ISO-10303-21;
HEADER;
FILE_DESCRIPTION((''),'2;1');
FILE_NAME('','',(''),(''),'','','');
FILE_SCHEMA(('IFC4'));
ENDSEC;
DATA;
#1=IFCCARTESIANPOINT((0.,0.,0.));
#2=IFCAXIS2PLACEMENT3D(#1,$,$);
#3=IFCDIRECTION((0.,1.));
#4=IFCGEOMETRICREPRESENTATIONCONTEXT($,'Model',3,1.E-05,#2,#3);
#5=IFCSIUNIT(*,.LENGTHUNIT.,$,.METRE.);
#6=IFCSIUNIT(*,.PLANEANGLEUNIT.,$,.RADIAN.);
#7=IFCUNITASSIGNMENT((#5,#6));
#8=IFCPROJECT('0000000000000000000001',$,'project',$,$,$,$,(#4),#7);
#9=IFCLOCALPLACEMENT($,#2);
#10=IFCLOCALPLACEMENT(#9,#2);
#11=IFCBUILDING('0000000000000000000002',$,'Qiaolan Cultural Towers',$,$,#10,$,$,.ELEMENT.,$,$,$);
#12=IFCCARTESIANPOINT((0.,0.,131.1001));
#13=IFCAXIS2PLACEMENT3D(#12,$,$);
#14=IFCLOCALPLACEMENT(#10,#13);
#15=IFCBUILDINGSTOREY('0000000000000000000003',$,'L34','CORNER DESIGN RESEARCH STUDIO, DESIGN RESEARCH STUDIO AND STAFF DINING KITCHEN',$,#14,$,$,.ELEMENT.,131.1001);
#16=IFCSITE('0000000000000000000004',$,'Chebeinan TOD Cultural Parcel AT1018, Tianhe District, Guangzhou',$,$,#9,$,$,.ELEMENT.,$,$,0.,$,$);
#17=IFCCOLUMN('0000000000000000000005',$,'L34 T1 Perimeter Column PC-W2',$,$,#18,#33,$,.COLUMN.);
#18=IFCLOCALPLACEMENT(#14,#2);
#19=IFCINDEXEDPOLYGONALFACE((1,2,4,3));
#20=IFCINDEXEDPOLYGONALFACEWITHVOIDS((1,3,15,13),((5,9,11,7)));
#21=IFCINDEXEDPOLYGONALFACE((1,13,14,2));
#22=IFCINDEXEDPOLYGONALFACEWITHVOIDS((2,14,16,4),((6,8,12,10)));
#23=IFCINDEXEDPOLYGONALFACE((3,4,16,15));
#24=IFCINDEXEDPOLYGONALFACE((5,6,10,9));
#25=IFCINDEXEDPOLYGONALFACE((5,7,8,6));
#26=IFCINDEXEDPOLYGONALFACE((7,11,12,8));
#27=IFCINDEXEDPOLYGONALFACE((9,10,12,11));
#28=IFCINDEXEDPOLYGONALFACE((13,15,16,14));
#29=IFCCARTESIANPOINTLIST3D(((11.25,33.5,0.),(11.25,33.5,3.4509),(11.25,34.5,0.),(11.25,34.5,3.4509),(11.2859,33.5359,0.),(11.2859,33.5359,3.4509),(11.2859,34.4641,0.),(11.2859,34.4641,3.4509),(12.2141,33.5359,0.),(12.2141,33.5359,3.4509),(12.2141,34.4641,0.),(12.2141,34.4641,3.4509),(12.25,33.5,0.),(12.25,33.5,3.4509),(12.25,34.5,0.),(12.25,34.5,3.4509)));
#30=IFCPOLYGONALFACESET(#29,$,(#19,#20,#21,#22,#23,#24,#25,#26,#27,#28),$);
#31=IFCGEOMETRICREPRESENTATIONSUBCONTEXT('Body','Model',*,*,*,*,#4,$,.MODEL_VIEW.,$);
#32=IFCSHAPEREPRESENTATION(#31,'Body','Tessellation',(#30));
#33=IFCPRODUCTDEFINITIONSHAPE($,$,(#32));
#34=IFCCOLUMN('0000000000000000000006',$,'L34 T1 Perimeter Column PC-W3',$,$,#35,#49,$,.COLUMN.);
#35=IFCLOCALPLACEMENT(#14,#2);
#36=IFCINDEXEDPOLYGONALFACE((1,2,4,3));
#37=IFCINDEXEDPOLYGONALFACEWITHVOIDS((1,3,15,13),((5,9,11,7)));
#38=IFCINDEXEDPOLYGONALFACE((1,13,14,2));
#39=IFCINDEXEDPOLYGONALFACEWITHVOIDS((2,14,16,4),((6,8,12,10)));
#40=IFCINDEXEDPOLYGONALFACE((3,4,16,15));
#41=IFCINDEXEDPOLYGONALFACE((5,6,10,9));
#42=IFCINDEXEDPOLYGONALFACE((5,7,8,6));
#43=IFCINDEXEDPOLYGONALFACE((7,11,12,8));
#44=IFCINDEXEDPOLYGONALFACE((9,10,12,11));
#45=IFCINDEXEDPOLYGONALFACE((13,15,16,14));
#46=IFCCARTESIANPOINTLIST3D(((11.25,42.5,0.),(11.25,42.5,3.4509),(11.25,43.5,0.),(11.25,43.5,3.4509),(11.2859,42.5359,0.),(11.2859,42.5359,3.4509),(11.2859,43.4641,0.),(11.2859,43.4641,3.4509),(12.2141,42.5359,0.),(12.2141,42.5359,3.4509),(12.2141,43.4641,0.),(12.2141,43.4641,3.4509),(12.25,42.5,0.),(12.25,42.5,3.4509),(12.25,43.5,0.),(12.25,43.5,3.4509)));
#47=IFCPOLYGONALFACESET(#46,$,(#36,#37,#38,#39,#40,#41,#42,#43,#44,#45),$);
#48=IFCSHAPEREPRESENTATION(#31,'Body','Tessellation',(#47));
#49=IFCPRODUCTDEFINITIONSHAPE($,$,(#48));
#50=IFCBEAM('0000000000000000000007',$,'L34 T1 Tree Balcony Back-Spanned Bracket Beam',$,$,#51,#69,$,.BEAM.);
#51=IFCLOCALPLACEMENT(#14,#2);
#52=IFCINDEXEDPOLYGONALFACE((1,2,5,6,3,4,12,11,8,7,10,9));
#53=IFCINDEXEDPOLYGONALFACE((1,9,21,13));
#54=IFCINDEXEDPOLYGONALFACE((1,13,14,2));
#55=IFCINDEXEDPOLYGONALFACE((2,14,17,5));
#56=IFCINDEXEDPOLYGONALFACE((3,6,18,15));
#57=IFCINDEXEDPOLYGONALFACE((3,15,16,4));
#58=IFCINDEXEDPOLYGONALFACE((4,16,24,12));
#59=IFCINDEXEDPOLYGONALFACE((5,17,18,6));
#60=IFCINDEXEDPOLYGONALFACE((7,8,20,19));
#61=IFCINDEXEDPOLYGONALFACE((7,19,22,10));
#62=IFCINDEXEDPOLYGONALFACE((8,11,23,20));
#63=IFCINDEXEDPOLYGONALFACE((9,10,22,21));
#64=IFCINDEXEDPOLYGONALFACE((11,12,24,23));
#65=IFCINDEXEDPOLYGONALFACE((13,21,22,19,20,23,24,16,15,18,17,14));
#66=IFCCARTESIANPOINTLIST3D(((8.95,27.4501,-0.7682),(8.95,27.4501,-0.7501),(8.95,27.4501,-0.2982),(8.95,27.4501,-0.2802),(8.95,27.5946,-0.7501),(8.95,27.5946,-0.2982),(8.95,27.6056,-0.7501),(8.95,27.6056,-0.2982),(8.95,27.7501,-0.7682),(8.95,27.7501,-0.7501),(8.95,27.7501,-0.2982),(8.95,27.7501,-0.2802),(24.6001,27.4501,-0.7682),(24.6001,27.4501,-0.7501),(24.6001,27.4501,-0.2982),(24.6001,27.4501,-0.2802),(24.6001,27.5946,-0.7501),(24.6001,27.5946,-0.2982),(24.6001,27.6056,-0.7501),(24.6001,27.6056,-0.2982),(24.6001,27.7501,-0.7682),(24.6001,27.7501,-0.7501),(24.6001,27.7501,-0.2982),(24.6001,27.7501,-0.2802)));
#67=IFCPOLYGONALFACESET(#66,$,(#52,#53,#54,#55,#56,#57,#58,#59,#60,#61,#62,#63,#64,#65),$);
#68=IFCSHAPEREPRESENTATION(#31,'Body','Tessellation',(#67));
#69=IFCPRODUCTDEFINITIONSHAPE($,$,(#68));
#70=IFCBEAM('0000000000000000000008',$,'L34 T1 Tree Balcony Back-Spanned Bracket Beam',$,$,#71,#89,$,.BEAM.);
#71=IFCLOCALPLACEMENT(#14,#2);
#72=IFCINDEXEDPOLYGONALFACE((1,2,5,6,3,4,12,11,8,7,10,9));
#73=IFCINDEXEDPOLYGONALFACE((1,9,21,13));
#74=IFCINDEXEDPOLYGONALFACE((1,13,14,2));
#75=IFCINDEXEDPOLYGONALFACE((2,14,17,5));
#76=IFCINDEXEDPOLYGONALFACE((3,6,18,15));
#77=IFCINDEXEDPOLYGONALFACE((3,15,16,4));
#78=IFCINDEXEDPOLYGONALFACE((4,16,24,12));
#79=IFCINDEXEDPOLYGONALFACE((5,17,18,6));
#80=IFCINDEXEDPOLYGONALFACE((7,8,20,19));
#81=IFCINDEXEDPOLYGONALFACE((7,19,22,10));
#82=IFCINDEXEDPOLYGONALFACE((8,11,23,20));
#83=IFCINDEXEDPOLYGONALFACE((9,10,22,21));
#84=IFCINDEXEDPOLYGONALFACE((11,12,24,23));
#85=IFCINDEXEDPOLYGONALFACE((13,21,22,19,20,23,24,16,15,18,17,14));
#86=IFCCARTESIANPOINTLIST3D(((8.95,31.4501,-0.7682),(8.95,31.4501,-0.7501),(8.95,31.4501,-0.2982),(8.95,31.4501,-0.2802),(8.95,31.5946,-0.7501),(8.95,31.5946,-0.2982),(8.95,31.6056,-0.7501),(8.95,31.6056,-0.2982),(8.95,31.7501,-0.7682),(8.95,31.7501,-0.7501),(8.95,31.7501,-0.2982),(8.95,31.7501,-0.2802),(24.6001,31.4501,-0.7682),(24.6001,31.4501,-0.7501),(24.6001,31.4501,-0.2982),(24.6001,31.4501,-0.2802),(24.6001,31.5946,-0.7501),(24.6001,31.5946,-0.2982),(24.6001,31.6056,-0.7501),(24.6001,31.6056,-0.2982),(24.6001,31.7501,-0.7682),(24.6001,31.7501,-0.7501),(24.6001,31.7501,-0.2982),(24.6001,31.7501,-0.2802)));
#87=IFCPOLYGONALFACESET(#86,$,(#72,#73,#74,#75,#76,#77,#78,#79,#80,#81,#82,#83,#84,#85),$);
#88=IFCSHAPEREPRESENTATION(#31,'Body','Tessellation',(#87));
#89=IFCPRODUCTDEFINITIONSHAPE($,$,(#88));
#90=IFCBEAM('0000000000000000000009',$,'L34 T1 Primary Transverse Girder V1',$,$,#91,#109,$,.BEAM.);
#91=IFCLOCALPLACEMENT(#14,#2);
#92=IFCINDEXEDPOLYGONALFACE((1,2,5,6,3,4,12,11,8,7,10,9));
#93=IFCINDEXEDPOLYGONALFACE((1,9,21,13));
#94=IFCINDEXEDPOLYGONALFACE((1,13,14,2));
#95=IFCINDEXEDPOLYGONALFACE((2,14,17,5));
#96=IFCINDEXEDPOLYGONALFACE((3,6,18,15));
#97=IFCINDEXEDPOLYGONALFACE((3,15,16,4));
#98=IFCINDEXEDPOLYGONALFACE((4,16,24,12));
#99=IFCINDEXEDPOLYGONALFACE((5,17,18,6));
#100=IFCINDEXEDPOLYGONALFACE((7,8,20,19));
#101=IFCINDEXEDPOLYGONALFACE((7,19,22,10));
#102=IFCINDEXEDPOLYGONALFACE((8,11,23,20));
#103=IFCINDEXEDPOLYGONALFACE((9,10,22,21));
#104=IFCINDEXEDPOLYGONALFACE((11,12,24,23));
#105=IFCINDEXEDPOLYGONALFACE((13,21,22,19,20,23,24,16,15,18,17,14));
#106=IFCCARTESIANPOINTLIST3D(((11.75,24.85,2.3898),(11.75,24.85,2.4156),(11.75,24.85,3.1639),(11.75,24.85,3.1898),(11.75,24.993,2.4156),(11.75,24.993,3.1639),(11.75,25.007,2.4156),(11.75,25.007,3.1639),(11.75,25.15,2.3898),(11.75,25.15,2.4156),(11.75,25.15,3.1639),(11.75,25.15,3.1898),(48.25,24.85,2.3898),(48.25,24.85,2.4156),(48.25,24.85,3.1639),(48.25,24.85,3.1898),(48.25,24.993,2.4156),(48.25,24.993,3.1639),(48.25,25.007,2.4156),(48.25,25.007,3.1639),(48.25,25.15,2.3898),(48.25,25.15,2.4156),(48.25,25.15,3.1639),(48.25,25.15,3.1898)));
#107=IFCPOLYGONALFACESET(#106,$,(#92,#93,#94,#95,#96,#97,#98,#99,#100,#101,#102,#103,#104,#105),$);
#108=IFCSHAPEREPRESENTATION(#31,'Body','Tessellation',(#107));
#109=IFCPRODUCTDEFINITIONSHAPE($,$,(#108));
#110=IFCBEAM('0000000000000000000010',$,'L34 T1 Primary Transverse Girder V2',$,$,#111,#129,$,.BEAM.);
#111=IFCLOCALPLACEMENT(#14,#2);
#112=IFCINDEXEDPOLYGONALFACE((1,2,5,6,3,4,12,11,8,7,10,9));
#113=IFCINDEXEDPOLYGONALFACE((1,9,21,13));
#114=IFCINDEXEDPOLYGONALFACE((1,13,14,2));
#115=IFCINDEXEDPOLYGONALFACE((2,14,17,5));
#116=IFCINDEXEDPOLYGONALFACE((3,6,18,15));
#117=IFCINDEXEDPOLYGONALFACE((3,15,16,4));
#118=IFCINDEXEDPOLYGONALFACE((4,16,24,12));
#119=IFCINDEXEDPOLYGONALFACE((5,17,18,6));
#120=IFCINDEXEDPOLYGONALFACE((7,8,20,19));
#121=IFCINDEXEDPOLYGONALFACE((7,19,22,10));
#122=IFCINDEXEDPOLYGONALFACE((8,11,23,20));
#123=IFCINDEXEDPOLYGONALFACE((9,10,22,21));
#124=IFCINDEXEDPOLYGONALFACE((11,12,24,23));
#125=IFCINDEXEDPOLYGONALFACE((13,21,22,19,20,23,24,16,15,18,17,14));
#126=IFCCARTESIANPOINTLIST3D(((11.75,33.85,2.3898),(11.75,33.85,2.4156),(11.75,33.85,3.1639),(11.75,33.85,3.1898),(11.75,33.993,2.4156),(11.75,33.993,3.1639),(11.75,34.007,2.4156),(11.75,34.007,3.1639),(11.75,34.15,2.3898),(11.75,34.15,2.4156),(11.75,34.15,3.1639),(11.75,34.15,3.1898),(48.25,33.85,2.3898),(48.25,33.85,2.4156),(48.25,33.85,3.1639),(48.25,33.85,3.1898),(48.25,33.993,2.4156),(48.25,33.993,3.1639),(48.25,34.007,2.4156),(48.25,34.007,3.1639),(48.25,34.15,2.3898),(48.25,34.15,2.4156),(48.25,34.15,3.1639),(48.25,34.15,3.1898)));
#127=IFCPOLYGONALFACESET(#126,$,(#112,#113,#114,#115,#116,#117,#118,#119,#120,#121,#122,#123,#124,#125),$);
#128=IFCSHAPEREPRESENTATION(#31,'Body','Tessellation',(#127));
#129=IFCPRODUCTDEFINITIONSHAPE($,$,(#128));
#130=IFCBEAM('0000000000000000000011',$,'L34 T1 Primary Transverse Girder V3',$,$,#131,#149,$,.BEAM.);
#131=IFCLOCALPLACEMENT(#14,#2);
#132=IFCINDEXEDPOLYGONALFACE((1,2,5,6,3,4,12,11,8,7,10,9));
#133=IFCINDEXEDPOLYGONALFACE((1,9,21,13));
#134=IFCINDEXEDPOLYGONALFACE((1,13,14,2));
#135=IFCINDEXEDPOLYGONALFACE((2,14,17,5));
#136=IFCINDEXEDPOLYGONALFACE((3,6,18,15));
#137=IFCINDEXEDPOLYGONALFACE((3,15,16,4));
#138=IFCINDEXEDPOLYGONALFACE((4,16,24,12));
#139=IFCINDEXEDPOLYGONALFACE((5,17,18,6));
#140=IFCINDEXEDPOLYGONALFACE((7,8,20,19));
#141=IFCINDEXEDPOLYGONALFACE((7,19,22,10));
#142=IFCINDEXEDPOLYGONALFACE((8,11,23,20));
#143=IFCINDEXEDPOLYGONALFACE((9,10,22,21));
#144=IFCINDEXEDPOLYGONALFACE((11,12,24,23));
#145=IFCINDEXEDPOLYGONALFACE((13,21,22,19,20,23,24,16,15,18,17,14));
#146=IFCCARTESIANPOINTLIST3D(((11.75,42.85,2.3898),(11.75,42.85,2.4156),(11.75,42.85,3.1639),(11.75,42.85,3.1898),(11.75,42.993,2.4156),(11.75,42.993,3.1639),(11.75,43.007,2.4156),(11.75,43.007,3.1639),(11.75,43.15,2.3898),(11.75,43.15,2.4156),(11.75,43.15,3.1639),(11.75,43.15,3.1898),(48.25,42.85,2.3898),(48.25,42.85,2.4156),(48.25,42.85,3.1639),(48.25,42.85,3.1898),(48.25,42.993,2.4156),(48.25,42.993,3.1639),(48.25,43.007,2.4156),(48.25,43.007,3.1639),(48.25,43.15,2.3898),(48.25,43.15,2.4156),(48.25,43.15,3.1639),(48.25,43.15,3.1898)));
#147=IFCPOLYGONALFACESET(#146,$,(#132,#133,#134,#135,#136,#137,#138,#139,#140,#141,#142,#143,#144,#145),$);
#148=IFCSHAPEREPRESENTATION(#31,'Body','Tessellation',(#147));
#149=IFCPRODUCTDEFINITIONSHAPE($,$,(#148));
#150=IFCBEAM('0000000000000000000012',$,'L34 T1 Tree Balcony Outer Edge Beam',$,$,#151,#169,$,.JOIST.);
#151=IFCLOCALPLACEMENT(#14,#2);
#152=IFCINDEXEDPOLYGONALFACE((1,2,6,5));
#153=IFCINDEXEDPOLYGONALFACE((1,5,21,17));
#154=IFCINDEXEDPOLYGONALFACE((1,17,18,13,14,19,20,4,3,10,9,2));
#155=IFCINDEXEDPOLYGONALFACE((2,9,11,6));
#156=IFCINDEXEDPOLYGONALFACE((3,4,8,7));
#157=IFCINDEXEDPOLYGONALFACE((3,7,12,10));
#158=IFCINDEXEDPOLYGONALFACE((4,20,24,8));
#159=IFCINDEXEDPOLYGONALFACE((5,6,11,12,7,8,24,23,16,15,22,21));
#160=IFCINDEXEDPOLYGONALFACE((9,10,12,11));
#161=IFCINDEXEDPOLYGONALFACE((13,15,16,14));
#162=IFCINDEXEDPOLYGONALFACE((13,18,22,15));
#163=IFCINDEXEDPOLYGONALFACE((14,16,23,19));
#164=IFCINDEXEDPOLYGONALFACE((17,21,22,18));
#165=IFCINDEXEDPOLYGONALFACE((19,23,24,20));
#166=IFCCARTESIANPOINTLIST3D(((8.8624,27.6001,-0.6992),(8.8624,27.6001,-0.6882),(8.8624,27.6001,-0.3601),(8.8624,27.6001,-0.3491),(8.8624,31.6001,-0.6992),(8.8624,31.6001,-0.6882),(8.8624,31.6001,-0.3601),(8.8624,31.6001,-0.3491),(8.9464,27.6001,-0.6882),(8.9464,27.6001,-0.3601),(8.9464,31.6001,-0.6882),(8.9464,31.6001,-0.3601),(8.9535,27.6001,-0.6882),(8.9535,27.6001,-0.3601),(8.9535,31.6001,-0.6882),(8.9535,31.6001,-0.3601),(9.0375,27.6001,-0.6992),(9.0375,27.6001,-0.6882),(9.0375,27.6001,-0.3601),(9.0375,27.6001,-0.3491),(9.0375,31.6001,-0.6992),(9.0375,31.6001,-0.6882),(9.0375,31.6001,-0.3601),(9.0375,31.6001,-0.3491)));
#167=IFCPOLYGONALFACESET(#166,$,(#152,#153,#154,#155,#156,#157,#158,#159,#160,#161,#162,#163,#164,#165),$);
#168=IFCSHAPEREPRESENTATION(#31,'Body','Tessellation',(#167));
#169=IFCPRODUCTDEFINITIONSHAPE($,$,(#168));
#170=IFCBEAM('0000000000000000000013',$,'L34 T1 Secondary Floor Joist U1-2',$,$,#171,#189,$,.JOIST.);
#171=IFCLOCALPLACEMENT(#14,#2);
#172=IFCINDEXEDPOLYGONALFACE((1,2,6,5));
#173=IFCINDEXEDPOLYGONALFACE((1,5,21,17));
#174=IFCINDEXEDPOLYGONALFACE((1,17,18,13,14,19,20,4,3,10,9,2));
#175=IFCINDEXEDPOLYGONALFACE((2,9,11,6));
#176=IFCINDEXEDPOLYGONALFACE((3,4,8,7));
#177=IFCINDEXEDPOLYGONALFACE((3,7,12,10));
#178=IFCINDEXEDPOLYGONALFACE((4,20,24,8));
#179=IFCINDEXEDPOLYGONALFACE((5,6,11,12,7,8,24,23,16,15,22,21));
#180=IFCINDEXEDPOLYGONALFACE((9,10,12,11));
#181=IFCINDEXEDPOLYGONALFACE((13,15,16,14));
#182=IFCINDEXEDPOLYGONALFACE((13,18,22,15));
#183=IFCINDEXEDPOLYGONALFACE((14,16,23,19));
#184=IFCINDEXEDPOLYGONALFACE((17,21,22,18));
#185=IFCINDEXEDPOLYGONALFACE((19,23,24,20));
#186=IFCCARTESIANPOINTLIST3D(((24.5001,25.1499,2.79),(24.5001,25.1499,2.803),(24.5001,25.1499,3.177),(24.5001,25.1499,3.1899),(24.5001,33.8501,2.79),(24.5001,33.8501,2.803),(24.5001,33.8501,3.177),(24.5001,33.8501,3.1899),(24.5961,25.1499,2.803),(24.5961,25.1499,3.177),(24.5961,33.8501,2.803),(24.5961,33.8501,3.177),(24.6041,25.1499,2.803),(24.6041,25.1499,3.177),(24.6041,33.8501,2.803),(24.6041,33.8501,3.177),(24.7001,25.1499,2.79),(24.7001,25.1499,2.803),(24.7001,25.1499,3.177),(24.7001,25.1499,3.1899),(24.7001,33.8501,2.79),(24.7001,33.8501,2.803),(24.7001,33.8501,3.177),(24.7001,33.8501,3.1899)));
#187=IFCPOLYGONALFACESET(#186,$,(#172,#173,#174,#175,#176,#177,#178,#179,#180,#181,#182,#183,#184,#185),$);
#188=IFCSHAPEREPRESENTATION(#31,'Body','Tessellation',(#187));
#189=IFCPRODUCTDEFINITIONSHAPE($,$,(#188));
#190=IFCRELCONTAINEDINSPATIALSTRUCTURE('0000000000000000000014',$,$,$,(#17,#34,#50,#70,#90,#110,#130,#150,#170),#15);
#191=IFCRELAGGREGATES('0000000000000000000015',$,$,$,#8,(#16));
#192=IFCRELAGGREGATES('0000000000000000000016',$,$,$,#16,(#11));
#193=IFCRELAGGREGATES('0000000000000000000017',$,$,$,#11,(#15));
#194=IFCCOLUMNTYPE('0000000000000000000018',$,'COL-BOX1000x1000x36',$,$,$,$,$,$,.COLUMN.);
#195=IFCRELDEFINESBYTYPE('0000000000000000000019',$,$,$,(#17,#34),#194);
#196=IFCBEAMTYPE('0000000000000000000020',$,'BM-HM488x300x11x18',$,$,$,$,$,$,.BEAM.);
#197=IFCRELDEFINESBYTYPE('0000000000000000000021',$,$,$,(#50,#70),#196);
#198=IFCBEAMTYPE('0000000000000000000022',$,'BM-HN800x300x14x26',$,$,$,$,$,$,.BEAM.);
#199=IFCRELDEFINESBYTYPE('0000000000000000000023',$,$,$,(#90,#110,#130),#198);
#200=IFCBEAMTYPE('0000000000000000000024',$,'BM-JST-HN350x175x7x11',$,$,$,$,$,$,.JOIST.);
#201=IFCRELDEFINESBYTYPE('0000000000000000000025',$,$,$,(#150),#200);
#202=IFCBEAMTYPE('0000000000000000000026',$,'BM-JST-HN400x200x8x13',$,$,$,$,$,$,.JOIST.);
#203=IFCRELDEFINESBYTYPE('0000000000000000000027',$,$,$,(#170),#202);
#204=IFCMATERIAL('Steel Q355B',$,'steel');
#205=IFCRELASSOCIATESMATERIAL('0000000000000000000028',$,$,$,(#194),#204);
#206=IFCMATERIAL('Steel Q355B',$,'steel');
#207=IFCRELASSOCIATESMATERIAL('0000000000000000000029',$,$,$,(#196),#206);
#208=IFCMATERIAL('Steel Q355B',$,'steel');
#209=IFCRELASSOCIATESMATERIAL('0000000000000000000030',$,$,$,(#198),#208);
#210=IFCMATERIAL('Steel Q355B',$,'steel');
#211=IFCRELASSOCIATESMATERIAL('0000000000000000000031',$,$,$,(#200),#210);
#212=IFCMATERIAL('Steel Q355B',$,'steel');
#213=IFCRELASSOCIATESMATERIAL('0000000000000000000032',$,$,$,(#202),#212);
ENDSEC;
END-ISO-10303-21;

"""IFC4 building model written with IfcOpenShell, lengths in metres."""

from ifc_helpers import new_model, si_unit, direction, frame, origin, origin_2d, place, context, subcontext, project, spatial, hollow_rectangle, i_section, extrude, material, material_profile, profile_set, type_object, element, save


model = new_model("IFC4")

# Units and contexts
model_context = context("Model", 3, precision=1e-05, world=origin(), true_north=direction((0.0, 1.0)))
body_context = subcontext(model_context, "Body", "Model", "MODEL_VIEW")
ifc_project = project(units=[si_unit("LENGTHUNIT", "METRE"), si_unit("PLANEANGLEUNIT", "RADIAN")], contexts=[model_context])

# Site, building, storey
site_placement = place(None, origin())
site = spatial("IfcSite", under=ifc_project, at=site_placement, Name="Chebeinan TOD Cultural Parcel AT1018, Tianhe District, Guangzhou", CompositionType="ELEMENT", RefElevation=0.0)
building_placement = place(site_placement, origin())
building = spatial("IfcBuilding", under=site, at=building_placement, Name="Qiaolan Cultural Towers", CompositionType="ELEMENT")
storey_placement = place(building_placement, frame((0.0, 0.0, 131.1001)))
storey = spatial("IfcBuildingStorey", under=building, at=storey_placement, Name="L34", Description="CORNER DESIGN RESEARCH STUDIO, DESIGN RESEARCH STUDIO AND STAFF DINING KITCHEN", CompositionType="ELEMENT", Elevation=131.1001)

# Columns
ifc_material_1 = material(Name="Steel Q355B", Category="steel")
ifc_material_profile_1 = material_profile(ifc_material_1, hollow_rectangle(XDim=1.0, YDim=1.0, WallThickness=0.0359, at=origin_2d()), Name="BOX1000x1000x36")
ifc_profile_set_1 = profile_set([ifc_material_profile_1], Name="Steel Q355B")
column_type = type_object("IfcColumnType", Name="COL-BOX1000x1000x36", PredefinedType="COLUMN", material=ifc_profile_set_1)
for number, where, z_axis, x_axis, name in (
    (1, (11.75, 34.0, 0.0), (0.0, 0.0, 1.0), (1.0, 0.0, 0.0), "L34 T1 Perimeter Column PC-W2"),
    (2, (11.75, 43.0, 0.0), (0.0, 0.0, 1.0), (1.0, 0.0, 0.0), "L34 T1 Perimeter Column PC-W3"),
):
    element("IfcColumn", number, at=place(storey_placement, frame(where, z_axis=z_axis, x_axis=x_axis)), inside=storey, type_object=column_type, Name=name, PredefinedType="COLUMN", context=body_context, shape_type="SweptSolid", body=[
        extrude(hollow_rectangle(XDim=1.0, YDim=1.0, WallThickness=0.0359, at=origin_2d()), origin(), (0.0, 0.0, 1.0), 3.4509),
    ])

# Beams
ifc_material_2 = material(Name="Steel Q355B", Category="steel")
ifc_material_profile_2 = material_profile(ifc_material_2, i_section(OverallWidth=0.3, OverallDepth=0.488, WebThickness=0.011, FlangeThickness=0.0181, at=origin_2d()), Name="HM488x300x11x18")
ifc_profile_set_2 = profile_set([ifc_material_profile_2], Name="Steel Q355B")
beam_type_1 = type_object("IfcBeamType", Name="BM-HM488x300x11x18", PredefinedType="BEAM", material=ifc_profile_set_2)
for number, where, z_axis, x_axis, name in (
    (3, (24.6001, 27.6001, -0.5242), (-1.0, 0.0, 0.0), (0.0, -1.0, 0.0), "L34 T1 Tree Balcony Back-Spanned Bracket Beam"),
    (4, (24.6001, 31.6001, -0.5242), (-1.0, 0.0, 0.0), (0.0, -1.0, 0.0), "L34 T1 Tree Balcony Back-Spanned Bracket Beam"),
):
    element("IfcBeam", number, at=place(storey_placement, frame(where, z_axis=z_axis, x_axis=x_axis)), inside=storey, type_object=beam_type_1, Name=name, PredefinedType="BEAM", context=body_context, shape_type="SweptSolid", body=[
        extrude(i_section(OverallWidth=0.3, OverallDepth=0.488, WebThickness=0.011, FlangeThickness=0.0181, at=origin_2d()), origin(), (0.0, 0.0, 1.0), 15.6501),
    ])
ifc_material_3 = material(Name="Steel Q355B", Category="steel")
ifc_material_profile_3 = material_profile(ifc_material_3, i_section(OverallWidth=0.3, OverallDepth=0.8, WebThickness=0.0139, FlangeThickness=0.0259, at=origin_2d()), Name="HN800x300x14x26")
ifc_profile_set_3 = profile_set([ifc_material_profile_3], Name="Steel Q355B")
beam_type_2 = type_object("IfcBeamType", Name="BM-HN800x300x14x26", PredefinedType="BEAM", material=ifc_profile_set_3)
for number, where, z_axis, x_axis, name in (
    (5, (11.75, 25.0, 2.7898), (1.0, 0.0, 0.0), (0.0, 1.0, 0.0), "L34 T1 Primary Transverse Girder V1"),
    (6, (11.75, 34.0, 2.7898), (1.0, 0.0, 0.0), (0.0, 1.0, 0.0), "L34 T1 Primary Transverse Girder V2"),
    (7, (11.75, 43.0, 2.7898), (1.0, 0.0, 0.0), (0.0, 1.0, 0.0), "L34 T1 Primary Transverse Girder V3"),
):
    element("IfcBeam", number, at=place(storey_placement, frame(where, z_axis=z_axis, x_axis=x_axis)), inside=storey, type_object=beam_type_2, Name=name, PredefinedType="BEAM", context=body_context, shape_type="SweptSolid", body=[
        extrude(i_section(OverallWidth=0.3, OverallDepth=0.8, WebThickness=0.0139, FlangeThickness=0.0259, at=origin_2d()), origin(), (0.0, 0.0, 1.0), 36.5),
    ])
ifc_material_4 = material(Name="Steel Q355B", Category="steel")
ifc_material_profile_4 = material_profile(ifc_material_4, i_section(OverallWidth=0.175, OverallDepth=0.3501, WebThickness=0.0071, FlangeThickness=0.011, at=origin_2d()), Name="HN350x175x7x11")
ifc_profile_set_4 = profile_set([ifc_material_profile_4], Name="Steel Q355B")
beam_type_3 = type_object("IfcBeamType", Name="BM-JST-HN350x175x7x11", PredefinedType="JOIST", material=ifc_profile_set_4)
beam_1_placement = place(storey_placement, frame((8.95, 27.6001, -0.5242), z_axis=(0.0, 1.0, 0.0), x_axis=(-1.0, 0.0, 0.0)))
element("IfcBeam", 8, at=beam_1_placement, inside=storey, type_object=beam_type_3, Name="L34 T1 Tree Balcony Outer Edge Beam", PredefinedType="JOIST", context=body_context, shape_type="SweptSolid", body=[
    extrude(i_section(OverallWidth=0.175, OverallDepth=0.3501, WebThickness=0.0071, FlangeThickness=0.011, at=origin_2d()), origin(), (0.0, 0.0, 1.0), 4.0),
])
ifc_material_5 = material(Name="Steel Q355B", Category="steel")
ifc_material_profile_5 = material_profile(ifc_material_5, i_section(OverallWidth=0.2, OverallDepth=0.3999, WebThickness=0.0081, FlangeThickness=0.0129, at=origin_2d()), Name="HN400x200x8x13")
ifc_profile_set_5 = profile_set([ifc_material_profile_5], Name="Steel Q355B")
beam_type_4 = type_object("IfcBeamType", Name="BM-JST-HN400x200x8x13", PredefinedType="JOIST", material=ifc_profile_set_5)
for number, where, z_axis, x_axis, name in (
    (9, (24.6001, 25.1499, 2.99), (0.0, 1.0, 0.0), (-1.0, 0.0, 0.0), "L34 T1 Secondary Floor Joist U1-2"),
):
    element("IfcBeam", number, at=place(storey_placement, frame(where, z_axis=z_axis, x_axis=x_axis)), inside=storey, type_object=beam_type_4, Name=name, PredefinedType="JOIST", context=body_context, shape_type="SweptSolid", body=[
        extrude(i_section(OverallWidth=0.2, OverallDepth=0.3999, WebThickness=0.0081, FlangeThickness=0.0129, at=origin_2d()), origin(), (0.0, 0.0, 1.0), 8.7002),
    ])

save(model, "model.ifc")
